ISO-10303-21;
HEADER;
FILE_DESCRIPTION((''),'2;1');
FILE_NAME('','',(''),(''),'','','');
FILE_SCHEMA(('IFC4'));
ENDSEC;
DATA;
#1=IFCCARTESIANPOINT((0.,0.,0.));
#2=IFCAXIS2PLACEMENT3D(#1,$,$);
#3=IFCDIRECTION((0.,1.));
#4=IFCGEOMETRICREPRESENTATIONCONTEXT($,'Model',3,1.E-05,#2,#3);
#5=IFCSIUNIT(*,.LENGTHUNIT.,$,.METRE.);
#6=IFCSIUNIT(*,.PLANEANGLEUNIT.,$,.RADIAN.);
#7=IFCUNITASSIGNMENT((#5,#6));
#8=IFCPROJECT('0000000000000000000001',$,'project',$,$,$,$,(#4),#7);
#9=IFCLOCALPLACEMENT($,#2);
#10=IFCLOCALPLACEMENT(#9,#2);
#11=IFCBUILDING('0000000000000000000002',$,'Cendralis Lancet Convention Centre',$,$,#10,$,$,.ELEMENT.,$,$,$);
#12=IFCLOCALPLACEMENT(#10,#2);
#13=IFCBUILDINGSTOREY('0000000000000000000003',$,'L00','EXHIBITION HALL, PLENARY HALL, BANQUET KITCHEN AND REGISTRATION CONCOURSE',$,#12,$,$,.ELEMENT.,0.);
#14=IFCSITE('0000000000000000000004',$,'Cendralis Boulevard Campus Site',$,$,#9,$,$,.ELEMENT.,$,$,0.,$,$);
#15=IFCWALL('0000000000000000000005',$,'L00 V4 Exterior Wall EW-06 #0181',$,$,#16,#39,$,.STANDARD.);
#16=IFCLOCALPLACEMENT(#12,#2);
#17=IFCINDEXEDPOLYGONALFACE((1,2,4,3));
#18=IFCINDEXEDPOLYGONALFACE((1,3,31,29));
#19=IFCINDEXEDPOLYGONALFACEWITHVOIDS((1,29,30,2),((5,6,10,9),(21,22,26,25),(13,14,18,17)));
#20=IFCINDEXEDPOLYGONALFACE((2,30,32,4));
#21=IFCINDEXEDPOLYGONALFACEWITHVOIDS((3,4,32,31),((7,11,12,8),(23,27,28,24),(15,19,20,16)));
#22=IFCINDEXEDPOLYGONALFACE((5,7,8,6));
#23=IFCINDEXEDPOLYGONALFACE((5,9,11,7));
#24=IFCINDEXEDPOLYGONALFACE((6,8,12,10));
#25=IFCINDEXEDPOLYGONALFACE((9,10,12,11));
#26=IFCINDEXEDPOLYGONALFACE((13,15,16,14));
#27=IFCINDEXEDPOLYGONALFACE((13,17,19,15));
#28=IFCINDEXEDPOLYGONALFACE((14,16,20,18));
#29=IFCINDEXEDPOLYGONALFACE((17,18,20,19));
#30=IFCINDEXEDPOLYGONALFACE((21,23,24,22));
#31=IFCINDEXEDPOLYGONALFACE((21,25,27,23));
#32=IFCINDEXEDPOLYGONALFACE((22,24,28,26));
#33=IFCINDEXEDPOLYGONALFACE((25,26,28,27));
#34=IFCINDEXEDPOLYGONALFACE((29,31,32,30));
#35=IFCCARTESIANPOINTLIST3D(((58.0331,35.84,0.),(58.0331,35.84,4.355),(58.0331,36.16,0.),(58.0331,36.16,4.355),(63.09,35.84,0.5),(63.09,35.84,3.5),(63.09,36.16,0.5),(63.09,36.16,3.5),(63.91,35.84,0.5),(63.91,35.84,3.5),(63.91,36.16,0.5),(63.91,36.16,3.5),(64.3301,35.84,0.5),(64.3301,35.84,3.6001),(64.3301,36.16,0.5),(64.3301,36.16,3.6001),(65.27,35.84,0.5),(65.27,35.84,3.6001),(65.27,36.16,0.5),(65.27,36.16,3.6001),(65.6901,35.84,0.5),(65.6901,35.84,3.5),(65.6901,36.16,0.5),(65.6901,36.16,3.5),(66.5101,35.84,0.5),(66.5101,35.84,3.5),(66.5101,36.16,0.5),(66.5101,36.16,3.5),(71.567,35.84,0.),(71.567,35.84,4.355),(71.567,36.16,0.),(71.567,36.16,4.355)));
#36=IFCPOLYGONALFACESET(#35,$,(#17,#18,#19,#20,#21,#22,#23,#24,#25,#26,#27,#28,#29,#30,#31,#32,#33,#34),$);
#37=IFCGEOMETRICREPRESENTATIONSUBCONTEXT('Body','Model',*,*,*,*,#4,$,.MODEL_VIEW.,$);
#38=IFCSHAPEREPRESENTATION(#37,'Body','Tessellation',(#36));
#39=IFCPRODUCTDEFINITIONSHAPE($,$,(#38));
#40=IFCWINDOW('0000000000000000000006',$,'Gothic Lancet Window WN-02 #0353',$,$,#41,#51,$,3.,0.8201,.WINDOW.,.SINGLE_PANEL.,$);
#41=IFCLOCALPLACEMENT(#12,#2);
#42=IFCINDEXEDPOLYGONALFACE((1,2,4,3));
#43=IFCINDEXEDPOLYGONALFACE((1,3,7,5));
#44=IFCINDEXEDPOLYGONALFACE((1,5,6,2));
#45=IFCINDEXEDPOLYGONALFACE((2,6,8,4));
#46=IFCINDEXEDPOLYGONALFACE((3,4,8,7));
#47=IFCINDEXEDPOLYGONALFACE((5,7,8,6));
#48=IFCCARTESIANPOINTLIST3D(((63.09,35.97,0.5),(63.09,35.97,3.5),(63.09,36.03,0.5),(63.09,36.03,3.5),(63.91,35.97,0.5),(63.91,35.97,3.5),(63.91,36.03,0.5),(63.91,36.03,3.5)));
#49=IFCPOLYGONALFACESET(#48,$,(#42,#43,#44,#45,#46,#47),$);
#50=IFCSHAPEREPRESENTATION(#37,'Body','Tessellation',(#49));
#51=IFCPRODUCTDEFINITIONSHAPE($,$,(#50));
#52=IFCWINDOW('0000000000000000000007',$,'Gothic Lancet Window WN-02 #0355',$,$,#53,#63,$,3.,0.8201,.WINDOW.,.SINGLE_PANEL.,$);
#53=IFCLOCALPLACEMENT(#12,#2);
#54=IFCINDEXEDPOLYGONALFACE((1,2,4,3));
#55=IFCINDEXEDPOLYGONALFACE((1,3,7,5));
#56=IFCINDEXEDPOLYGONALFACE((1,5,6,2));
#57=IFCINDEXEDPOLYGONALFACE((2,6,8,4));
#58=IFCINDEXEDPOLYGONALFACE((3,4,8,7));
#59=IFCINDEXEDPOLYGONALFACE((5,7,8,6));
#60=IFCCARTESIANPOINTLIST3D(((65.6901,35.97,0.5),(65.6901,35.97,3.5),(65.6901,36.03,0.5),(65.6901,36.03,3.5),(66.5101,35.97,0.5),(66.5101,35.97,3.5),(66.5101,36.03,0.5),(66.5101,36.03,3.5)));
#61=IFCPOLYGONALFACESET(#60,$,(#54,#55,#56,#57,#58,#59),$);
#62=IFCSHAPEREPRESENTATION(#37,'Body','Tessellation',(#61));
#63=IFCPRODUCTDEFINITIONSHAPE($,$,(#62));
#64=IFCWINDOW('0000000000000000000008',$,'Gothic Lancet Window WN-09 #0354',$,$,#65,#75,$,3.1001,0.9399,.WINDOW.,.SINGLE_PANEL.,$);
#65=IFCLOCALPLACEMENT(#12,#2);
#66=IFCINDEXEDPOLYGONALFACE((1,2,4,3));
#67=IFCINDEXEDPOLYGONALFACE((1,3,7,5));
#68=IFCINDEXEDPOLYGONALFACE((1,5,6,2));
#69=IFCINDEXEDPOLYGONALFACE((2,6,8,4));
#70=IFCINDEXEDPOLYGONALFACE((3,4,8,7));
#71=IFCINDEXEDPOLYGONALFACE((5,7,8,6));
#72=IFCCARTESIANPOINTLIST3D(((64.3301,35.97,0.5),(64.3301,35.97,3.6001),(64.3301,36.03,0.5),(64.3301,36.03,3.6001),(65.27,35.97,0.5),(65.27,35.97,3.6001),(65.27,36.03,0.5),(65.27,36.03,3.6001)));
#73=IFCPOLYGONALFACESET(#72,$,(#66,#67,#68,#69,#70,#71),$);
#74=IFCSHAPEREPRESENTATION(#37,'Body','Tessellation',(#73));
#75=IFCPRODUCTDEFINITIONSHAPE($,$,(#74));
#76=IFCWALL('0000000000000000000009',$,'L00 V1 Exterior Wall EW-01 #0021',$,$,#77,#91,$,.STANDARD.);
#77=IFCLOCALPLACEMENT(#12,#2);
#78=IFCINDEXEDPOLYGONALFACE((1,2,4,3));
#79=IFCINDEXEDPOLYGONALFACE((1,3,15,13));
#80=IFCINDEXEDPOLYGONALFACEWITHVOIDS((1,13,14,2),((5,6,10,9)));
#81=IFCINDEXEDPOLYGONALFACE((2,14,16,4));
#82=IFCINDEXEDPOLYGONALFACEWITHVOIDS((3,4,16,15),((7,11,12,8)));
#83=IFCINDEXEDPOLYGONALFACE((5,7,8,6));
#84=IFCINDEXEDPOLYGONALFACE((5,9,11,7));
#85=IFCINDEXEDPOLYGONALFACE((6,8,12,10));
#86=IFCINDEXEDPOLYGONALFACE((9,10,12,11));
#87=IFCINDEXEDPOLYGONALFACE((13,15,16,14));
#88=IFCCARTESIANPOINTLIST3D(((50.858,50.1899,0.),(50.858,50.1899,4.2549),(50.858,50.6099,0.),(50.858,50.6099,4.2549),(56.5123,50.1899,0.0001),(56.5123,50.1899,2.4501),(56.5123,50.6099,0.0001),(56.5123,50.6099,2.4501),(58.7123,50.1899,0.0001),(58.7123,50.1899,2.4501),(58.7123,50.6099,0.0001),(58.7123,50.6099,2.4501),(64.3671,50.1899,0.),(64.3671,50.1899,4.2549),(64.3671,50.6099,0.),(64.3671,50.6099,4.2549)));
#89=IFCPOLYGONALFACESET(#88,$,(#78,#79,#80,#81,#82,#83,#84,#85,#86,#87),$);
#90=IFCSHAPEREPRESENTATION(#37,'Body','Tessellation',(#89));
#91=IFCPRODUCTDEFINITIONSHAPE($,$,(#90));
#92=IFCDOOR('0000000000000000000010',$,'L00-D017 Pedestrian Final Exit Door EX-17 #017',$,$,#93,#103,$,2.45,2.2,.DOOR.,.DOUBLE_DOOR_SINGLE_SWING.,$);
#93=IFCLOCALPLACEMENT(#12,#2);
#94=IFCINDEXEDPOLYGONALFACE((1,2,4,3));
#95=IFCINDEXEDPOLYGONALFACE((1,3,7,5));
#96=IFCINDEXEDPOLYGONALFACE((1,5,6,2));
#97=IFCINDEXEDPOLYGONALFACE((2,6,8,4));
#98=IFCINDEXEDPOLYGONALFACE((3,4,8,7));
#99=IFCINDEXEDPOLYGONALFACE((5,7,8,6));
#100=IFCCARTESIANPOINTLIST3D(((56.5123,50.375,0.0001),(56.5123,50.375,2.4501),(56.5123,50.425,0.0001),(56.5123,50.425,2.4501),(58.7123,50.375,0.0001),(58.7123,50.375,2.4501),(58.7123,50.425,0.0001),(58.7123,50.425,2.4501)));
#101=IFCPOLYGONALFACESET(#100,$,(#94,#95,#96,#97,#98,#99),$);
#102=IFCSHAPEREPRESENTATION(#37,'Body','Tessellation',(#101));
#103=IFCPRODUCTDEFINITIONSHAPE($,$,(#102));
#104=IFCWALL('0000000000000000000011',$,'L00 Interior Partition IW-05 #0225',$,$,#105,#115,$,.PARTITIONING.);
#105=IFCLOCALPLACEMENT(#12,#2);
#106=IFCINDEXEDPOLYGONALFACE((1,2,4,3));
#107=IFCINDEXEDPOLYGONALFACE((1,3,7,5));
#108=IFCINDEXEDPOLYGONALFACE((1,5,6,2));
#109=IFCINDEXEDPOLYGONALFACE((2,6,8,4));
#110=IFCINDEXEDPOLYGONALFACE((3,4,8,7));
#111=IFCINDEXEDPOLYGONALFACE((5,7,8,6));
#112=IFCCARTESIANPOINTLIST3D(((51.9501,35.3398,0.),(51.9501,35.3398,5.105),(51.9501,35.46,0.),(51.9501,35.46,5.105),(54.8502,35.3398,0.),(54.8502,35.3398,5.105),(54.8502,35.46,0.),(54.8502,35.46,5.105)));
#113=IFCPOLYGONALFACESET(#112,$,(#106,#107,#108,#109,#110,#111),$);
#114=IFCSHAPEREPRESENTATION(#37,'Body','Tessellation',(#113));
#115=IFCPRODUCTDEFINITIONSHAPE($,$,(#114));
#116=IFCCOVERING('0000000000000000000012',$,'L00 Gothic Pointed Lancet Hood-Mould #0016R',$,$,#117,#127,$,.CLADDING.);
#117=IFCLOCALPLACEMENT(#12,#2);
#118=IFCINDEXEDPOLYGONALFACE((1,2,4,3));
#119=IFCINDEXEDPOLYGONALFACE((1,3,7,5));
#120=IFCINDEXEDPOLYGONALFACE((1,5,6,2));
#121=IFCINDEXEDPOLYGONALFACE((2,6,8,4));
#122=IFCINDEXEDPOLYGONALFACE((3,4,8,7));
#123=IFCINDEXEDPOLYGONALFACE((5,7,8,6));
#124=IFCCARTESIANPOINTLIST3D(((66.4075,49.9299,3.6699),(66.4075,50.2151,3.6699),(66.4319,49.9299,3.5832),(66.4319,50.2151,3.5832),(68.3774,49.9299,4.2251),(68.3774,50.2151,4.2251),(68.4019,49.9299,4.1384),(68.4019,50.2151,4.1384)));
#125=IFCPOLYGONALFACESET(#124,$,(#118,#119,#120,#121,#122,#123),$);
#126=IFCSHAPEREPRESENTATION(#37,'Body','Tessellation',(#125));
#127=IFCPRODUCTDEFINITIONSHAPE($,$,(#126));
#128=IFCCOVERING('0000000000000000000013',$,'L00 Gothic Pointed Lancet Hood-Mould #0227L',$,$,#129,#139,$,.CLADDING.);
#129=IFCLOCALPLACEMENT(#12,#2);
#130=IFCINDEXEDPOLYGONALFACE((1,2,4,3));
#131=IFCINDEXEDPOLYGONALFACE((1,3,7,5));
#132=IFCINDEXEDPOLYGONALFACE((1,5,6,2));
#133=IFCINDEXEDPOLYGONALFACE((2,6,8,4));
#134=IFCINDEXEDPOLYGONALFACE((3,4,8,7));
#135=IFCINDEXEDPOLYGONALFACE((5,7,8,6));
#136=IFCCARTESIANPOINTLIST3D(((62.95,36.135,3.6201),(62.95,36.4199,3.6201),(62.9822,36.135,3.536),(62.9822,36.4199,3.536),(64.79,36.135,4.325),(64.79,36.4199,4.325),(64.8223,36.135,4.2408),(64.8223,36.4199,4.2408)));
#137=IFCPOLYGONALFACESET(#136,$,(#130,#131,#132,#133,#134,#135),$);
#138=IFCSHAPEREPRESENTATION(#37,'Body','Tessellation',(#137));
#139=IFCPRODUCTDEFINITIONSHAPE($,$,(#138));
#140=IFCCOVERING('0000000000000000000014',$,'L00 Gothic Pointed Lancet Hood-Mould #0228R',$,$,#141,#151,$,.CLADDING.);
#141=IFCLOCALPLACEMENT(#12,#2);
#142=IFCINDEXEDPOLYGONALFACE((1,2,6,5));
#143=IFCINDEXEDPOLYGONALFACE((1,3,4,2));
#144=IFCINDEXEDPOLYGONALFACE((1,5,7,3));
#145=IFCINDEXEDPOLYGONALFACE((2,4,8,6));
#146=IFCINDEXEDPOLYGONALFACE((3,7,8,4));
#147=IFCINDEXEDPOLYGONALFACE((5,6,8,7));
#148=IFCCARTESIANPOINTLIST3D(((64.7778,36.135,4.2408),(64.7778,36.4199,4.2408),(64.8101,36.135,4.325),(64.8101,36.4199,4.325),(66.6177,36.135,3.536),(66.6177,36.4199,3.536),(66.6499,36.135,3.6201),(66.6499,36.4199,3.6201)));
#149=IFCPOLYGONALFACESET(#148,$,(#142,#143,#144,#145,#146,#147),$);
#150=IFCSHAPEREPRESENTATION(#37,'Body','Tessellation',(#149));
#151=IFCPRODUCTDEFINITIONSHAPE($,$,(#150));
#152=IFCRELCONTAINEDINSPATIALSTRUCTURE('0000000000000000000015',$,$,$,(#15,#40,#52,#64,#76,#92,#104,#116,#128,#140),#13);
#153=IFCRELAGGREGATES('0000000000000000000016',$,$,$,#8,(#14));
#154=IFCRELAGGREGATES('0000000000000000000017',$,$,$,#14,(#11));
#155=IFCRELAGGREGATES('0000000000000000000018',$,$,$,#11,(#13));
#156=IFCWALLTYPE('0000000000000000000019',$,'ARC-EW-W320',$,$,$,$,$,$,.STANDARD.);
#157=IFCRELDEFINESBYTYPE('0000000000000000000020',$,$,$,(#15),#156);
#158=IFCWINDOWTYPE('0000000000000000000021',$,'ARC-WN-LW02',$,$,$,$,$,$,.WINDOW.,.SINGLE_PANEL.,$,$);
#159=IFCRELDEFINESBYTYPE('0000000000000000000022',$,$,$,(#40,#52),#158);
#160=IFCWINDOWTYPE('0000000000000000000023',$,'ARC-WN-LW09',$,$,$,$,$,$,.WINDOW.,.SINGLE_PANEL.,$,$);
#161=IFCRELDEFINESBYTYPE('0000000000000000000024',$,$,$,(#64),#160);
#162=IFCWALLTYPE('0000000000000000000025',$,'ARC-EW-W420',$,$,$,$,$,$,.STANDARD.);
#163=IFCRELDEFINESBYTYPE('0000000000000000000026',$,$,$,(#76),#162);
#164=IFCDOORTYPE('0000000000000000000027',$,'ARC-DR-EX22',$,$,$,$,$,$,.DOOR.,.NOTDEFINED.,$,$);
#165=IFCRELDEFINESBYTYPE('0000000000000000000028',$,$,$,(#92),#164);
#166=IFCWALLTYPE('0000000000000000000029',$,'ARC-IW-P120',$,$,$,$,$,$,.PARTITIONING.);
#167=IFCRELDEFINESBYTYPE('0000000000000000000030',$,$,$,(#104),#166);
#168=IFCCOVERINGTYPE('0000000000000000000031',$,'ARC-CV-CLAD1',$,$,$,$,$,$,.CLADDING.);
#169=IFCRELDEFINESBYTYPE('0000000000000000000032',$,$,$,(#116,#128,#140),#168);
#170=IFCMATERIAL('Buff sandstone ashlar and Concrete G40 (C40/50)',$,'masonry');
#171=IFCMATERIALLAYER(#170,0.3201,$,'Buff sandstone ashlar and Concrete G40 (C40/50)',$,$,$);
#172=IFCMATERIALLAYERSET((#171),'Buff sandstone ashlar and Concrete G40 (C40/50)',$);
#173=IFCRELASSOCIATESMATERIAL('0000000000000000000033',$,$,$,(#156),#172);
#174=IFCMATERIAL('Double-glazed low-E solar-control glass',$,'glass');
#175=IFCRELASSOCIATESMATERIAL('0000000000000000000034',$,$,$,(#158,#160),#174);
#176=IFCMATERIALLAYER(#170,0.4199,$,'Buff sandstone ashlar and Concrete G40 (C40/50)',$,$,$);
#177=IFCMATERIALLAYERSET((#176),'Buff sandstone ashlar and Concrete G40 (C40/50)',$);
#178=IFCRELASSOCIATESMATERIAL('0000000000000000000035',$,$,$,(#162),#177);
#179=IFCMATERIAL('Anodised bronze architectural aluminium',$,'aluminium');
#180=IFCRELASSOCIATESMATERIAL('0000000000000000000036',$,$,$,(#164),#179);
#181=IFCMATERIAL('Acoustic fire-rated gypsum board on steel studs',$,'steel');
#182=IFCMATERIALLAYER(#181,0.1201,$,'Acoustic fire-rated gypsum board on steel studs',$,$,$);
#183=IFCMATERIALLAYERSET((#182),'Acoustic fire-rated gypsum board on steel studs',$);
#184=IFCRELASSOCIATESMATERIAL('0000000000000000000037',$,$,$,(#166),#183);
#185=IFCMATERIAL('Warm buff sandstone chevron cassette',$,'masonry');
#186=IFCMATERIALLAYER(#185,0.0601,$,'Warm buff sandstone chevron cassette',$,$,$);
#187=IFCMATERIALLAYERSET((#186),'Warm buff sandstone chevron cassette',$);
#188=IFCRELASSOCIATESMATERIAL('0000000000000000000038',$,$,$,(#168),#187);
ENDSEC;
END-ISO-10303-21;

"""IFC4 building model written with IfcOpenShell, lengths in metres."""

from ifc_helpers import new_model, si_unit, direction, frame, frame_2d, origin, place, context, subcontext, project, spatial, polyline, rectangle, outline, extrude, material, layer, layer_set, type_object, element, fill, save


model = new_model("IFC4")

# Units and contexts
model_context = context("Model", 3, precision=1e-05, world=origin(), true_north=direction((0.0, 1.0)))
body_context = subcontext(model_context, "Body", "Model", "MODEL_VIEW")
ifc_project = project(units=[si_unit("LENGTHUNIT", "METRE"), si_unit("PLANEANGLEUNIT", "RADIAN")], contexts=[model_context])

# Site, building, storey
site_placement = place(None, origin())
site = spatial("IfcSite", under=ifc_project, at=site_placement, Name="Cendralis Boulevard Campus Site", CompositionType="ELEMENT", RefElevation=0.0)
building_placement = place(site_placement, origin())
building = spatial("IfcBuilding", under=site, at=building_placement, Name="Cendralis Lancet Convention Centre", CompositionType="ELEMENT")
storey_placement = place(building_placement, origin())
storey = spatial("IfcBuildingStorey", under=building, at=storey_placement, Name="L00", Description="EXHIBITION HALL, PLENARY HALL, BANQUET KITCHEN AND REGISTRATION CONCOURSE", CompositionType="ELEMENT", Elevation=0.0)

# Shared definitions
ifc_material_1 = material(Name="Anodised bronze architectural aluminium", Category="aluminium")

# Shared definitions
ifc_material_2 = material(Name="Double-glazed low-E solar-control glass", Category="glass")

# Wall, openings, windows
ifc_material_3 = material(Name="Buff sandstone ashlar and Concrete G40 (C40/50)", Category="masonry")
ifc_layer_1 = layer(ifc_material_3, 0.3201, Name="Buff sandstone ashlar and Concrete G40 (C40/50)")
ifc_layer_set_1 = layer_set([ifc_layer_1], Name="Buff sandstone ashlar and Concrete G40 (C40/50)")
wall_type_1 = type_object("IfcWallType", Name="ARC-EW-W320", PredefinedType="STANDARD", material=ifc_layer_set_1)
wall_1_placement = place(storey_placement, frame((58.033, 36.0, 0.0), z_axis=(0.0, 0.0, 1.0), x_axis=(1.0, 0.0, 0.0)))
wall_1 = element("IfcWall", 1, at=wall_1_placement, inside=storey, type_object=wall_type_1, Name="L00 V4 Exterior Wall EW-06 #0181", PredefinedType="STANDARD", context=body_context, shape_type="SweptSolid", body=[
    extrude(rectangle(XDim=13.5339, YDim=0.3201, at=frame_2d((6.7671, 0.0))), origin(), (0.0, 0.0, 1.0), 4.355),
])
opening_1_placement = place(wall_1_placement, frame((5.0569, 0.0, 0.5)))
opening_1 = element("IfcOpeningElement", 2, at=opening_1_placement, cuts=wall_1, PredefinedType="OPENING", context=body_context, shape_type="SweptSolid", body=[
    extrude(rectangle(XDim=0.8201, YDim=3.0, at=frame_2d((0.4102, 1.5))), frame((0.0, 0.1699, 0.0), z_axis=(0.0, -1.0, 0.0), x_axis=(1.0, 0.0, 0.0)), (0.0, 0.0, 1.0), 0.3401),
])
opening_2_placement = place(wall_1_placement, frame((6.2971, 0.0, 0.5)))
opening_2 = element("IfcOpeningElement", 3, at=opening_2_placement, cuts=wall_1, PredefinedType="OPENING", context=body_context, shape_type="SweptSolid", body=[
    extrude(rectangle(XDim=0.9399, YDim=3.1001, at=frame_2d((0.47, 1.55))), frame((0.0, 0.1699, 0.0), z_axis=(0.0, -1.0, 0.0), x_axis=(1.0, 0.0, 0.0)), (0.0, 0.0, 1.0), 0.3401),
])
opening_3_placement = place(wall_1_placement, frame((7.657, 0.0, 0.5)))
opening_3 = element("IfcOpeningElement", 4, at=opening_3_placement, cuts=wall_1, PredefinedType="OPENING", context=body_context, shape_type="SweptSolid", body=[
    extrude(rectangle(XDim=0.8201, YDim=3.0, at=frame_2d((0.4102, 1.5))), frame((0.0, 0.1699, 0.0), z_axis=(0.0, -1.0, 0.0), x_axis=(1.0, 0.0, 0.0)), (0.0, 0.0, 1.0), 0.3401),
])
window_type_1 = type_object("IfcWindowType", Name="ARC-WN-LW02", PartitioningType="SINGLE_PANEL", PredefinedType="WINDOW", material=ifc_material_2)
window_1_placement = place(opening_1_placement, origin())
window_1 = element("IfcWindow", 5, at=window_1_placement, inside=storey, type_object=window_type_1, Name="Gothic Lancet Window WN-02 #0353", OverallHeight=3.0, OverallWidth=0.8201, PartitioningType="SINGLE_PANEL", PredefinedType="WINDOW", context=body_context, shape_type="SweptSolid", body=[
    extrude(rectangle(XDim=0.8201, YDim=3.0, at=frame_2d((0.4102, 1.5))), frame((0.0, 0.03, 0.0), z_axis=(0.0, -1.0, 0.0), x_axis=(1.0, 0.0, 0.0)), (0.0, 0.0, 1.0), 0.0601),
])
fill(opening_1, window_1)
window_2_placement = place(opening_3_placement, origin())
window_2 = element("IfcWindow", 6, at=window_2_placement, inside=storey, type_object=window_type_1, Name="Gothic Lancet Window WN-02 #0355", OverallHeight=3.0, OverallWidth=0.8201, PartitioningType="SINGLE_PANEL", PredefinedType="WINDOW", context=body_context, shape_type="SweptSolid", body=[
    extrude(rectangle(XDim=0.8201, YDim=3.0, at=frame_2d((0.4102, 1.5))), frame((0.0, 0.03, 0.0), z_axis=(0.0, -1.0, 0.0), x_axis=(1.0, 0.0, 0.0)), (0.0, 0.0, 1.0), 0.0601),
])
fill(opening_3, window_2)
window_type_2 = type_object("IfcWindowType", Name="ARC-WN-LW09", PartitioningType="SINGLE_PANEL", PredefinedType="WINDOW", material=ifc_material_2)
window_3_placement = place(opening_2_placement, origin())
window_3 = element("IfcWindow", 7, at=window_3_placement, inside=storey, type_object=window_type_2, Name="Gothic Lancet Window WN-09 #0354", OverallHeight=3.1001, OverallWidth=0.9399, PartitioningType="SINGLE_PANEL", PredefinedType="WINDOW", context=body_context, shape_type="SweptSolid", body=[
    extrude(rectangle(XDim=0.9399, YDim=3.1001, at=frame_2d((0.47, 1.55))), frame((0.0, 0.03, 0.0), z_axis=(0.0, -1.0, 0.0), x_axis=(1.0, 0.0, 0.0)), (0.0, 0.0, 1.0), 0.0601),
])
fill(opening_2, window_3)

# Wall, opening, door
ifc_layer_2 = layer(ifc_material_3, 0.4199, Name="Buff sandstone ashlar and Concrete G40 (C40/50)")
ifc_layer_set_2 = layer_set([ifc_layer_2], Name="Buff sandstone ashlar and Concrete G40 (C40/50)")
wall_type_2 = type_object("IfcWallType", Name="ARC-EW-W420", PredefinedType="STANDARD", material=ifc_layer_set_2)
wall_2_placement = place(storey_placement, frame((64.3669, 50.3999, 0.0), z_axis=(0.0, 0.0, 1.0), x_axis=(-1.0, 0.0, 0.0)))
wall_2 = element("IfcWall", 8, at=wall_2_placement, inside=storey, type_object=wall_type_2, Name="L00 V1 Exterior Wall EW-01 #0021", PredefinedType="STANDARD", context=body_context, shape_type="SweptSolid", body=[
    extrude(rectangle(XDim=13.509, YDim=0.4199, at=frame_2d((6.7544, 0.0))), origin(), (0.0, 0.0, 1.0), 4.2549),
])
opening_4_placement = place(wall_2_placement, frame((5.6545, 0.0, 0.0)))
opening_4 = element("IfcOpeningElement", 9, at=opening_4_placement, cuts=wall_2, PredefinedType="OPENING", context=body_context, shape_type="SweptSolid", body=[
    extrude(rectangle(XDim=2.2, YDim=2.45, at=frame_2d((1.1001, 1.2251))), frame((0.0, 0.22, 0.0), z_axis=(0.0, -1.0, 0.0), x_axis=(1.0, 0.0, 0.0)), (0.0, 0.0, 1.0), 0.4399),
])
door_type = type_object("IfcDoorType", Name="ARC-DR-EX22", OperationType="NOTDEFINED", PredefinedType="DOOR", material=ifc_material_1)
door_placement = place(opening_4_placement, origin())
door = element("IfcDoor", 10, at=door_placement, inside=storey, type_object=door_type, Name="L00-D017 Pedestrian Final Exit Door EX-17 #017", OperationType="DOUBLE_DOOR_SINGLE_SWING", OverallHeight=2.45, OverallWidth=2.2, PredefinedType="DOOR", context=body_context, shape_type="SweptSolid", body=[
    extrude(rectangle(XDim=2.2, YDim=2.45, at=frame_2d((1.1001, 1.2251))), frame((0.0, 0.0249, 0.0), z_axis=(0.0, -1.0, 0.0), x_axis=(1.0, 0.0, 0.0)), (0.0, 0.0, 1.0), 0.05),
])
fill(opening_4, door)

# Wall
ifc_material_4 = material(Name="Acoustic fire-rated gypsum board on steel studs", Category="steel")
ifc_layer_3 = layer(ifc_material_4, 0.1201, Name="Acoustic fire-rated gypsum board on steel studs")
ifc_layer_set_3 = layer_set([ifc_layer_3], Name="Acoustic fire-rated gypsum board on steel studs")
wall_type_3 = type_object("IfcWallType", Name="ARC-IW-P120", PredefinedType="PARTITIONING", material=ifc_layer_set_3)
wall_3_placement = place(storey_placement, frame((51.95, 35.3999, 0.0), z_axis=(0.0, 0.0, 1.0), x_axis=(1.0, 0.0, 0.0)))
element("IfcWall", 11, at=wall_3_placement, inside=storey, type_object=wall_type_3, Name="L00 Interior Partition IW-05 #0225", PredefinedType="PARTITIONING", context=body_context, shape_type="SweptSolid", body=[
    extrude(rectangle(XDim=2.9001, YDim=0.1201, at=frame_2d((1.4502, 0.0))), origin(), (0.0, 0.0, 1.0), 5.105),
])

# Coverings
ifc_material_5 = material(Name="Warm buff sandstone chevron cassette", Category="masonry")
ifc_layer_4 = layer(ifc_material_5, 0.0601, Name="Warm buff sandstone chevron cassette")
ifc_layer_set_4 = layer_set([ifc_layer_4], Name="Warm buff sandstone chevron cassette")
covering_type = type_object("IfcCoveringType", Name="ARC-CV-CLAD1", PredefinedType="CLADDING", material=ifc_layer_set_4)
covering_1_placement = place(storey_placement, frame((68.3774, 49.9299, 4.2251), z_axis=(-0.271253, 0.0, 0.962508), x_axis=(0.0, 1.0, 0.0)))
element("IfcCovering", 12, at=covering_1_placement, inside=storey, type_object=covering_type, Name="L00 Gothic Pointed Lancet Hood-Mould #0016R", PredefinedType="CLADDING", context=body_context, shape_type="SweptSolid", body=[
    extrude(outline(polyline([(0.0, 0.0), (0.2852, 0.0), (0.2852, 2.0467), (0.0, 2.0467), (0.0, 0.0)])), origin(), (0.0, 0.0, -1.0), 0.0901),
])
covering_2_placement = place(storey_placement, frame((62.95, 36.4199, 3.6201), z_axis=(-0.3577, 0.0, 0.933836), x_axis=(0.0, -1.0, 0.0)))
element("IfcCovering", 13, at=covering_2_placement, inside=storey, type_object=covering_type, Name="L00 Gothic Pointed Lancet Hood-Mould #0227L", PredefinedType="CLADDING", context=body_context, shape_type="SweptSolid", body=[
    extrude(outline(polyline([(0.0, 0.0), (0.2849, 0.0), (0.2849, 1.9705), (0.0, 1.9705), (0.0, 0.0)])), origin(), (0.0, 0.0, -1.0), 0.0901),
])
covering_3_placement = place(storey_placement, frame((64.8101, 36.4199, 4.325), z_axis=(0.357742, 0.0, 0.933821), x_axis=(0.0, -1.0, 0.0)))
element("IfcCovering", 14, at=covering_3_placement, inside=storey, type_object=covering_type, Name="L00 Gothic Pointed Lancet Hood-Mould #0228R", PredefinedType="CLADDING", context=body_context, shape_type="SweptSolid", body=[
    extrude(outline(polyline([(0.0, 0.0), (0.2849, 0.0), (0.2849, 1.9702), (0.0, 1.9702), (0.0, 0.0)])), origin(), (0.0, 0.0, -1.0), 0.0901),
])

save(model, "model.ifc")
